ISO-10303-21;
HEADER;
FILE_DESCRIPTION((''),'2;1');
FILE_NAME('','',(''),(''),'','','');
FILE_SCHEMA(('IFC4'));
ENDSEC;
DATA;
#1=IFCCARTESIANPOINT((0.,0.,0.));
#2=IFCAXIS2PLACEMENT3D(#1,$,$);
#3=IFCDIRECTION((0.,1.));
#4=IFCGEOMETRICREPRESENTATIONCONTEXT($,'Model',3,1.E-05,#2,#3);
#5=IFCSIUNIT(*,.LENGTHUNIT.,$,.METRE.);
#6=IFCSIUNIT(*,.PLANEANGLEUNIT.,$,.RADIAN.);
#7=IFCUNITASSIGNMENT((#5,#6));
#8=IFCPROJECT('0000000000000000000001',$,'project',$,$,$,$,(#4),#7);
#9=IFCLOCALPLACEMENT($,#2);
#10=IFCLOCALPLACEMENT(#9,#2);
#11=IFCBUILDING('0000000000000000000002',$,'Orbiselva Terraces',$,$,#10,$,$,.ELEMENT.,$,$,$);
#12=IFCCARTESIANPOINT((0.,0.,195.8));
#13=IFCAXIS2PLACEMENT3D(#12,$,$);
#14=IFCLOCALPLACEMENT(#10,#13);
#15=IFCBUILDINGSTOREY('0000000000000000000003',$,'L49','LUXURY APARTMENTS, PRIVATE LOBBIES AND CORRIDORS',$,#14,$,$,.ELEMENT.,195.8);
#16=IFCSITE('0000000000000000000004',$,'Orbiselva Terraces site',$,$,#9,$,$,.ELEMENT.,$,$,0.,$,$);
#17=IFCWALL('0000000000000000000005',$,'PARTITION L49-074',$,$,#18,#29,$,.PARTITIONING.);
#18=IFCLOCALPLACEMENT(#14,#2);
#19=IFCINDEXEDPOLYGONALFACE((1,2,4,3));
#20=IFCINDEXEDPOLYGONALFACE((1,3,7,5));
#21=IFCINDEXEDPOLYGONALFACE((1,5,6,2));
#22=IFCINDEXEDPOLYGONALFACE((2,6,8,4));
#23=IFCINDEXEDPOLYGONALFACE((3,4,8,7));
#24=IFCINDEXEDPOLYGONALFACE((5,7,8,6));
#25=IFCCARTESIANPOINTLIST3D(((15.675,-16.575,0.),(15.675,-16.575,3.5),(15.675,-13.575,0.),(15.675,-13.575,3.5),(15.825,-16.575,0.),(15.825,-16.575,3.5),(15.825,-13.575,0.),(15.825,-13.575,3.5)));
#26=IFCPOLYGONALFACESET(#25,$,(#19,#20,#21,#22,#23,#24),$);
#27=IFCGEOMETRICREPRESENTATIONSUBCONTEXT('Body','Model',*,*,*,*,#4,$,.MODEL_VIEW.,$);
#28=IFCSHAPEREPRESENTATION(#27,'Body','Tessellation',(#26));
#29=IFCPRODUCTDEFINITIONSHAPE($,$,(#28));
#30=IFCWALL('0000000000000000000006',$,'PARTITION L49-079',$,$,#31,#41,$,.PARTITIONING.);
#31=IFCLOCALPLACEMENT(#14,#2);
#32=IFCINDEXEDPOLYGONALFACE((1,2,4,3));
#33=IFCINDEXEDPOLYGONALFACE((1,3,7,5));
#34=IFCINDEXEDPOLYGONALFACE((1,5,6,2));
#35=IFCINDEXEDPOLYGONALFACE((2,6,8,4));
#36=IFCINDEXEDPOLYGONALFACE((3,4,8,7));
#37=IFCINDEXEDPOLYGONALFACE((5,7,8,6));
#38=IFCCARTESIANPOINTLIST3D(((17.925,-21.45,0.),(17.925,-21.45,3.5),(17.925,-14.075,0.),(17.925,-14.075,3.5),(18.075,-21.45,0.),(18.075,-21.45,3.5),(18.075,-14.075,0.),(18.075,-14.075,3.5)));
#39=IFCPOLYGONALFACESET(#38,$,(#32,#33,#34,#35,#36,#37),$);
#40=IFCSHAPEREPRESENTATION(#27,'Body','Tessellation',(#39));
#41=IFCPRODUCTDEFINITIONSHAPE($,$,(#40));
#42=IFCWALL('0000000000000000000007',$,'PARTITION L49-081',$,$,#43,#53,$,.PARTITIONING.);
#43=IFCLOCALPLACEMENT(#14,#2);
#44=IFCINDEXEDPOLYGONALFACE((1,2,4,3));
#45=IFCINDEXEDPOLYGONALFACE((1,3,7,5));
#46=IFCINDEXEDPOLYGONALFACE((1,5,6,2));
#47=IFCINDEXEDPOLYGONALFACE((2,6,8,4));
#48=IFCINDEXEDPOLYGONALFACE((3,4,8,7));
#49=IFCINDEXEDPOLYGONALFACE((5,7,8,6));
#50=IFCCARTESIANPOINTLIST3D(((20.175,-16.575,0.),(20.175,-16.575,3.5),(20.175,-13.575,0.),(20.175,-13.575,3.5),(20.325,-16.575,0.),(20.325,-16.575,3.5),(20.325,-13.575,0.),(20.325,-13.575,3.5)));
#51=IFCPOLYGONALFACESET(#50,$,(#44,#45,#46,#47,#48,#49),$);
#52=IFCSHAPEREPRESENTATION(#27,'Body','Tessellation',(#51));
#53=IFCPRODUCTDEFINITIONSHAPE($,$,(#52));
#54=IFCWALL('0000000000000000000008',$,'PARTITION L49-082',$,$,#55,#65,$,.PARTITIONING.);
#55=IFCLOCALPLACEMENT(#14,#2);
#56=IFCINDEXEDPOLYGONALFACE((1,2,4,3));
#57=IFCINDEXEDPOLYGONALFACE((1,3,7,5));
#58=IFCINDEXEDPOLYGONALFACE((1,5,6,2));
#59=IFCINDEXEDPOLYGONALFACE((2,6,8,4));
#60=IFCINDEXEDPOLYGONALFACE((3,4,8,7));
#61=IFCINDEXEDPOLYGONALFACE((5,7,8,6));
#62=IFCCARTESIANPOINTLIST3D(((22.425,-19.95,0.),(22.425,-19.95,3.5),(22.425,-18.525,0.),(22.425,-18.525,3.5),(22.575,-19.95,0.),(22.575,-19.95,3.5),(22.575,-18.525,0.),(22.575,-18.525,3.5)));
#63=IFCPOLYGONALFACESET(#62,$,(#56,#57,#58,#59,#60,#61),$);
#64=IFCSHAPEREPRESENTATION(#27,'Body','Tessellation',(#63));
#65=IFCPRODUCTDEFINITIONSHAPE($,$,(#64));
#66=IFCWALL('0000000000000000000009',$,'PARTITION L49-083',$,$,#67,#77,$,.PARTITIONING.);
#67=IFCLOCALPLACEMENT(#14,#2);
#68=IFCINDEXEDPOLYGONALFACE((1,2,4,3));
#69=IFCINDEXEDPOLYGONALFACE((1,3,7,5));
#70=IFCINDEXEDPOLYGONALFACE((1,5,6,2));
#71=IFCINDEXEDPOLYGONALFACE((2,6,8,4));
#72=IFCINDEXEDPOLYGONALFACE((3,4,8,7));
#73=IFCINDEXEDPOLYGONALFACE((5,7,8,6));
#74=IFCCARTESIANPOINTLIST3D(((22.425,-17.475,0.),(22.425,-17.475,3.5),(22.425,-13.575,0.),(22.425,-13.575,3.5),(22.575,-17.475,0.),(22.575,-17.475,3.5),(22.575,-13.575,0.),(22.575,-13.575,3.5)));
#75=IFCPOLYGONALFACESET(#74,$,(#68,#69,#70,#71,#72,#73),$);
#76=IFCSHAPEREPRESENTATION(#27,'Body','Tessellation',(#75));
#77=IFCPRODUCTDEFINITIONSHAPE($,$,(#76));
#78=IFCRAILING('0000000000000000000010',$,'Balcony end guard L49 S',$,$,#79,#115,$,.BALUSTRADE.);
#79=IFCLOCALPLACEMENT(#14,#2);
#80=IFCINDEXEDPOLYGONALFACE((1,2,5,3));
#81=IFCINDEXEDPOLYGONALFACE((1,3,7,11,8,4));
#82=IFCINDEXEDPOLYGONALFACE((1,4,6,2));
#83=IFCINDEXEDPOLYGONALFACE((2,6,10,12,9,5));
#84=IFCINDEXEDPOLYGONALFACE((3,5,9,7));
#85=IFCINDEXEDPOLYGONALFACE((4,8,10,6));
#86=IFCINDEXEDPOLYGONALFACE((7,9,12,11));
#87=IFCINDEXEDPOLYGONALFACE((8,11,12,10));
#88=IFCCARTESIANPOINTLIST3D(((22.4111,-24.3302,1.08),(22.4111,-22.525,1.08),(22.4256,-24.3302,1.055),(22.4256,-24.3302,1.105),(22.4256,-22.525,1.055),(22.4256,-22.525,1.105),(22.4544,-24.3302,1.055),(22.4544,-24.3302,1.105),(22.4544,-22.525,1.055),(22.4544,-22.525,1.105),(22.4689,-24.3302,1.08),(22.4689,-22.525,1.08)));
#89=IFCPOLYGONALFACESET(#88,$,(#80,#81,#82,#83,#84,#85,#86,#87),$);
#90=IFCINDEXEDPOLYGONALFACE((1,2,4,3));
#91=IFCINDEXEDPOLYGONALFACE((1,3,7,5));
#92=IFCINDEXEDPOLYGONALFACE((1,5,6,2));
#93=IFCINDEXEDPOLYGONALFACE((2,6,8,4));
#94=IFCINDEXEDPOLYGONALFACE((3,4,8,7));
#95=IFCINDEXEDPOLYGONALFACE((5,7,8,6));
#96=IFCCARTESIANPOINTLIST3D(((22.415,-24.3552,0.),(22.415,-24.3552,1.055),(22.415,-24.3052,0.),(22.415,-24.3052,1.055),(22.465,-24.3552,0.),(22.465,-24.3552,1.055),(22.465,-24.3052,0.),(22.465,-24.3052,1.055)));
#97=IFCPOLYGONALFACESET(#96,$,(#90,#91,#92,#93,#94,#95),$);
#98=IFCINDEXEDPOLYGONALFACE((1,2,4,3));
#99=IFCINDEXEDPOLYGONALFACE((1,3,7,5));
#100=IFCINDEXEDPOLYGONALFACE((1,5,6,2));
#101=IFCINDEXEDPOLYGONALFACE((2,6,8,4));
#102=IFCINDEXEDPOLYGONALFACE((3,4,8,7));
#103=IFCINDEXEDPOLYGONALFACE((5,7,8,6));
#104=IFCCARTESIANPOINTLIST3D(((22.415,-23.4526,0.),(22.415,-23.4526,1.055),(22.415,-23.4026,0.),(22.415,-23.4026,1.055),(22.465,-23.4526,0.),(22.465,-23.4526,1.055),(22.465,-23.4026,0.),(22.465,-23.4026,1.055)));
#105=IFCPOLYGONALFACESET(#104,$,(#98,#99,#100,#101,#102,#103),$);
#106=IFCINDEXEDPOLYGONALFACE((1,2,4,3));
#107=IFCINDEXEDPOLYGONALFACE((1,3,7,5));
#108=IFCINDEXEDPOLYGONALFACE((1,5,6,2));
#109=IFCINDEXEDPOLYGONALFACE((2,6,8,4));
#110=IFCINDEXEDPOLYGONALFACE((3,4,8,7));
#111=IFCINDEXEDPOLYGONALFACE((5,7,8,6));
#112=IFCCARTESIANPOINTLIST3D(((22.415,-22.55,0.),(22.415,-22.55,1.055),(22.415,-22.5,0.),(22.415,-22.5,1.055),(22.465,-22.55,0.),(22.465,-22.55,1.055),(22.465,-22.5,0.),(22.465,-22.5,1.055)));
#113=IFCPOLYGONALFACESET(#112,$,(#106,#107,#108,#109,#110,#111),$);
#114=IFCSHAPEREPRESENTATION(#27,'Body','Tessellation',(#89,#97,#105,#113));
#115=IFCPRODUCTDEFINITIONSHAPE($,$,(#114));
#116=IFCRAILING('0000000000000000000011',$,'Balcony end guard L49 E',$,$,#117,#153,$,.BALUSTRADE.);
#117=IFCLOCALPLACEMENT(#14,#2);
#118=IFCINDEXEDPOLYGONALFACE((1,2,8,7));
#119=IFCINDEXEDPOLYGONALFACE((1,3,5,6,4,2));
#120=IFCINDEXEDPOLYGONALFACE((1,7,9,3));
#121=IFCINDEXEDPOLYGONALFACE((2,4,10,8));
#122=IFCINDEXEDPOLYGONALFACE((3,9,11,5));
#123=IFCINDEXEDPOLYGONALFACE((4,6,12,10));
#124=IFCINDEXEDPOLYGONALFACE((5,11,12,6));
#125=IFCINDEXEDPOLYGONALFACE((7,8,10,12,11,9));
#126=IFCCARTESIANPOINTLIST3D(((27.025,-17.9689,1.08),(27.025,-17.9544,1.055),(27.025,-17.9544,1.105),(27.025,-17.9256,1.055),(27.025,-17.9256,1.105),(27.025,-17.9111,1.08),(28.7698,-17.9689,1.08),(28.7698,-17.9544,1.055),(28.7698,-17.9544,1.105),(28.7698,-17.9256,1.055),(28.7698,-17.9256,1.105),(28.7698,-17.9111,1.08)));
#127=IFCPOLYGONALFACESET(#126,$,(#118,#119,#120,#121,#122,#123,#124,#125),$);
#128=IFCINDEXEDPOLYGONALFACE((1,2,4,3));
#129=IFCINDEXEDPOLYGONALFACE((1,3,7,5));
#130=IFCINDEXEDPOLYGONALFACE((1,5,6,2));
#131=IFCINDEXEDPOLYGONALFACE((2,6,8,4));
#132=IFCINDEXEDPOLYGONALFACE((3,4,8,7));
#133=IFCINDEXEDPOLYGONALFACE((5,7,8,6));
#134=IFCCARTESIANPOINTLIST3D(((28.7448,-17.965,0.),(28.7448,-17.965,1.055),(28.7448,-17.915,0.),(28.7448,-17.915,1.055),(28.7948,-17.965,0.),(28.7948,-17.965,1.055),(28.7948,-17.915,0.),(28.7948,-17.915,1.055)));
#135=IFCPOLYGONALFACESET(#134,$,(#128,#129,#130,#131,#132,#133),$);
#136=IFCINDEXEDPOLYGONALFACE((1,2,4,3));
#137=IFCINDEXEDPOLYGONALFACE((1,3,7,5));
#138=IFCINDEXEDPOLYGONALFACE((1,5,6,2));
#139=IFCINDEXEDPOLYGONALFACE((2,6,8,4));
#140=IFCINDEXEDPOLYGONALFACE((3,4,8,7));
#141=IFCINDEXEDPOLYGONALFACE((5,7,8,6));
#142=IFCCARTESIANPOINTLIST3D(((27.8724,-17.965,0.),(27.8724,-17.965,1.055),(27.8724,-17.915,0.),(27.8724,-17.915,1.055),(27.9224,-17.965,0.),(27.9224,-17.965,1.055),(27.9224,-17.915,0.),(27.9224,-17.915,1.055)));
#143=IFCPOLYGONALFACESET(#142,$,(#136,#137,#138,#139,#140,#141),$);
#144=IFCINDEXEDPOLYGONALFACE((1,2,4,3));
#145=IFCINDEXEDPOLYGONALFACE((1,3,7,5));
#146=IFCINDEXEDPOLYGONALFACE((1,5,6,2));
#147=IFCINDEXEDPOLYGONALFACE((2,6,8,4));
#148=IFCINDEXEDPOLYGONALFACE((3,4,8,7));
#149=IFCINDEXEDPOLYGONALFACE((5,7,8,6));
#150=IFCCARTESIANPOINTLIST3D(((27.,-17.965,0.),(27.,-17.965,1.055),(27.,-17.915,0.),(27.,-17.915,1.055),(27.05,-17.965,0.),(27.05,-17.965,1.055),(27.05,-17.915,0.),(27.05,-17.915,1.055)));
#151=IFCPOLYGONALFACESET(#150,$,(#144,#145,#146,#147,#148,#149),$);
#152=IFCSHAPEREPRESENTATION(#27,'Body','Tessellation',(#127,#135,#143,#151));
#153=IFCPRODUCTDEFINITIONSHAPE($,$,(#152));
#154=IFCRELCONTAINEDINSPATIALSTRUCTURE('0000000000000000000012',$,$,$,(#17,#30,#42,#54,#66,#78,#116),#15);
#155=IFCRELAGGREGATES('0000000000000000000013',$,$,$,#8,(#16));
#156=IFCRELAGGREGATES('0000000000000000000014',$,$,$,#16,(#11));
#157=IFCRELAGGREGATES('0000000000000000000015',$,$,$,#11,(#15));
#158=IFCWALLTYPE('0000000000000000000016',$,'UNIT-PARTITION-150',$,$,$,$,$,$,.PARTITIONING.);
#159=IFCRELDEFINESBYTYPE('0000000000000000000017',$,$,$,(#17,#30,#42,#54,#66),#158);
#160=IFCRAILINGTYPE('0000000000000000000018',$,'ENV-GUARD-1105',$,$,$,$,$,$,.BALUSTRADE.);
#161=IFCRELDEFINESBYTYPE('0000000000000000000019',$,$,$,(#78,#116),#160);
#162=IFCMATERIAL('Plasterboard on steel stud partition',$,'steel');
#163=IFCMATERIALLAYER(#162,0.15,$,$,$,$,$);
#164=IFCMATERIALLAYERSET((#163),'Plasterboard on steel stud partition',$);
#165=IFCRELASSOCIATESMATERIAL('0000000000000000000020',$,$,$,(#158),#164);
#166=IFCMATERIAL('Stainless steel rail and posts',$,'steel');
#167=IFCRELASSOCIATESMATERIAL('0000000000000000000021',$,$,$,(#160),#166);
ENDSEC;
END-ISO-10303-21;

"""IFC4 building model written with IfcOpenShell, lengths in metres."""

from ifc_helpers import new_model, si_unit, direction, frame, frame_2d, origin, origin_2d, place, context, subcontext, project, spatial, polyline, rectangle, outline, extrude, material, layer, layer_set, type_object, element, save


model = new_model("IFC4")

# Units and contexts
model_context = context("Model", 3, precision=1e-05, world=origin(), true_north=direction((0.0, 1.0)))
body_context = subcontext(model_context, "Body", "Model", "MODEL_VIEW")
ifc_project = project(units=[si_unit("LENGTHUNIT", "METRE"), si_unit("PLANEANGLEUNIT", "RADIAN")], contexts=[model_context])

# Site, building, storey
site_placement = place(None, origin())
site = spatial("IfcSite", under=ifc_project, at=site_placement, Name="Orbiselva Terraces site", CompositionType="ELEMENT", RefElevation=0.0)
building_placement = place(site_placement, origin())
building = spatial("IfcBuilding", under=site, at=building_placement, Name="Orbiselva Terraces", CompositionType="ELEMENT")
storey_placement = place(building_placement, frame((0.0, 0.0, 195.8)))
storey = spatial("IfcBuildingStorey", under=building, at=storey_placement, Name="L49", Description="LUXURY APARTMENTS, PRIVATE LOBBIES AND CORRIDORS", CompositionType="ELEMENT", Elevation=195.8)

# Walls
ifc_material_1 = material(Name="Plasterboard on steel stud partition", Category="steel")
ifc_layer_1 = layer(ifc_material_1, 0.15)
ifc_layer_set_1 = layer_set([ifc_layer_1], Name="Plasterboard on steel stud partition")
wall_type_1 = type_object("IfcWallType", Name="UNIT-PARTITION-150", PredefinedType="PARTITIONING", material=ifc_layer_set_1)
wall_1_placement = place(storey_placement, frame((15.75, -16.575, 0.0), z_axis=(0.0, 0.0, 1.0), x_axis=(0.0, 1.0, 0.0)))
element("IfcWall", 1, at=wall_1_placement, inside=storey, type_object=wall_type_1, Name="PARTITION L49-074", PredefinedType="PARTITIONING", context=body_context, shape_type="SweptSolid", body=[
    extrude(rectangle(XDim=3.0, YDim=0.15, at=frame_2d((1.5, 0.0))), origin(), (0.0, 0.0, 1.0), 3.5),
])
wall_2_placement = place(storey_placement, frame((18.0, -21.45, 0.0), z_axis=(0.0, 0.0, 1.0), x_axis=(0.0, 1.0, 0.0)))
element("IfcWall", 2, at=wall_2_placement, inside=storey, type_object=wall_type_1, Name="PARTITION L49-079", PredefinedType="PARTITIONING", context=body_context, shape_type="SweptSolid", body=[
    extrude(rectangle(XDim=7.375, YDim=0.15, at=frame_2d((3.6875, 0.0))), origin(), (0.0, 0.0, 1.0), 3.5),
])
wall_3_placement = place(storey_placement, frame((20.25, -16.575, 0.0), z_axis=(0.0, 0.0, 1.0), x_axis=(0.0, 1.0, 0.0)))
element("IfcWall", 3, at=wall_3_placement, inside=storey, type_object=wall_type_1, Name="PARTITION L49-081", PredefinedType="PARTITIONING", context=body_context, shape_type="SweptSolid", body=[
    extrude(rectangle(XDim=3.0, YDim=0.15, at=frame_2d((1.5, 0.0))), origin(), (0.0, 0.0, 1.0), 3.5),
])
wall_4_placement = place(storey_placement, frame((22.5, -19.95, 0.0), z_axis=(0.0, 0.0, 1.0), x_axis=(0.0, 1.0, 0.0)))
element("IfcWall", 4, at=wall_4_placement, inside=storey, type_object=wall_type_1, Name="PARTITION L49-082", PredefinedType="PARTITIONING", context=body_context, shape_type="SweptSolid", body=[
    extrude(rectangle(XDim=1.425, YDim=0.15, at=frame_2d((0.7125, 0.0))), origin(), (0.0, 0.0, 1.0), 3.5),
])
wall_5_placement = place(storey_placement, frame((22.5, -17.475, 0.0), z_axis=(0.0, 0.0, 1.0), x_axis=(0.0, 1.0, 0.0)))
element("IfcWall", 5, at=wall_5_placement, inside=storey, type_object=wall_type_1, Name="PARTITION L49-083", PredefinedType="PARTITIONING", context=body_context, shape_type="SweptSolid", body=[
    extrude(rectangle(XDim=3.9, YDim=0.15, at=frame_2d((1.95, 0.0))), origin(), (0.0, 0.0, 1.0), 3.5),
])

# Railings
ifc_material_2 = material(Name="Stainless steel rail and posts", Category="steel")
railing_type_1 = type_object("IfcRailingType", Name="ENV-GUARD-1105", PredefinedType="BALUSTRADE", material=ifc_material_2)
railing_1_placement = place(storey_placement, frame((22.44, -24.3302, 0.0)))
element("IfcRailing", 6, at=railing_1_placement, inside=storey, type_object=railing_type_1, Name="Balcony end guard L49 S", PredefinedType="BALUSTRADE", context=body_context, shape_type="SweptSolid", body=[
    extrude(outline(polyline([(0.0289, 0.0), (0.0144, 0.025), (-0.0144, 0.025), (-0.0289, 0.0), (-0.0144, -0.025), (0.0144, -0.025), (0.0289, 0.0)])), frame((0.0, 0.0, 1.08), z_axis=(0.0, 1.0, 0.0), x_axis=(-1.0, 0.0, 0.0)), (0.0, 0.0, 1.0), 1.8052),
    extrude(rectangle(XDim=0.05, YDim=0.05, at=origin_2d()), origin(), (0.0, 0.0, 1.0), 1.055),
    extrude(rectangle(XDim=0.05, YDim=0.05, at=origin_2d()), frame((0.0, 0.9026, 0.0)), (0.0, 0.0, 1.0), 1.055),
    extrude(rectangle(XDim=0.05, YDim=0.05, at=origin_2d()), frame((0.0, 1.8052, 0.0)), (0.0, 0.0, 1.0), 1.055),
])
railing_2_placement = place(storey_placement, frame((28.7698, -17.94, 0.0)))
element("IfcRailing", 7, at=railing_2_placement, inside=storey, type_object=railing_type_1, Name="Balcony end guard L49 E", PredefinedType="BALUSTRADE", context=body_context, shape_type="SweptSolid", body=[
    extrude(outline(polyline([(0.0289, 0.0), (0.0144, 0.025), (-0.0144, 0.025), (-0.0289, 0.0), (-0.0144, -0.025), (0.0144, -0.025), (0.0289, 0.0)])), frame((0.0, 0.0, 1.08), z_axis=(-1.0, 0.0, 0.0), x_axis=(0.0, -1.0, 0.0)), (0.0, 0.0, 1.0), 1.7448),
    extrude(rectangle(XDim=0.05, YDim=0.05, at=origin_2d()), origin(), (0.0, 0.0, 1.0), 1.055),
    extrude(rectangle(XDim=0.05, YDim=0.05, at=origin_2d()), frame((-0.8724, 0.0, 0.0)), (0.0, 0.0, 1.0), 1.055),
    extrude(rectangle(XDim=0.05, YDim=0.05, at=origin_2d()), frame((-1.7448, 0.0, 0.0)), (0.0, 0.0, 1.0), 1.055),
])

save(model, "model.ifc")
